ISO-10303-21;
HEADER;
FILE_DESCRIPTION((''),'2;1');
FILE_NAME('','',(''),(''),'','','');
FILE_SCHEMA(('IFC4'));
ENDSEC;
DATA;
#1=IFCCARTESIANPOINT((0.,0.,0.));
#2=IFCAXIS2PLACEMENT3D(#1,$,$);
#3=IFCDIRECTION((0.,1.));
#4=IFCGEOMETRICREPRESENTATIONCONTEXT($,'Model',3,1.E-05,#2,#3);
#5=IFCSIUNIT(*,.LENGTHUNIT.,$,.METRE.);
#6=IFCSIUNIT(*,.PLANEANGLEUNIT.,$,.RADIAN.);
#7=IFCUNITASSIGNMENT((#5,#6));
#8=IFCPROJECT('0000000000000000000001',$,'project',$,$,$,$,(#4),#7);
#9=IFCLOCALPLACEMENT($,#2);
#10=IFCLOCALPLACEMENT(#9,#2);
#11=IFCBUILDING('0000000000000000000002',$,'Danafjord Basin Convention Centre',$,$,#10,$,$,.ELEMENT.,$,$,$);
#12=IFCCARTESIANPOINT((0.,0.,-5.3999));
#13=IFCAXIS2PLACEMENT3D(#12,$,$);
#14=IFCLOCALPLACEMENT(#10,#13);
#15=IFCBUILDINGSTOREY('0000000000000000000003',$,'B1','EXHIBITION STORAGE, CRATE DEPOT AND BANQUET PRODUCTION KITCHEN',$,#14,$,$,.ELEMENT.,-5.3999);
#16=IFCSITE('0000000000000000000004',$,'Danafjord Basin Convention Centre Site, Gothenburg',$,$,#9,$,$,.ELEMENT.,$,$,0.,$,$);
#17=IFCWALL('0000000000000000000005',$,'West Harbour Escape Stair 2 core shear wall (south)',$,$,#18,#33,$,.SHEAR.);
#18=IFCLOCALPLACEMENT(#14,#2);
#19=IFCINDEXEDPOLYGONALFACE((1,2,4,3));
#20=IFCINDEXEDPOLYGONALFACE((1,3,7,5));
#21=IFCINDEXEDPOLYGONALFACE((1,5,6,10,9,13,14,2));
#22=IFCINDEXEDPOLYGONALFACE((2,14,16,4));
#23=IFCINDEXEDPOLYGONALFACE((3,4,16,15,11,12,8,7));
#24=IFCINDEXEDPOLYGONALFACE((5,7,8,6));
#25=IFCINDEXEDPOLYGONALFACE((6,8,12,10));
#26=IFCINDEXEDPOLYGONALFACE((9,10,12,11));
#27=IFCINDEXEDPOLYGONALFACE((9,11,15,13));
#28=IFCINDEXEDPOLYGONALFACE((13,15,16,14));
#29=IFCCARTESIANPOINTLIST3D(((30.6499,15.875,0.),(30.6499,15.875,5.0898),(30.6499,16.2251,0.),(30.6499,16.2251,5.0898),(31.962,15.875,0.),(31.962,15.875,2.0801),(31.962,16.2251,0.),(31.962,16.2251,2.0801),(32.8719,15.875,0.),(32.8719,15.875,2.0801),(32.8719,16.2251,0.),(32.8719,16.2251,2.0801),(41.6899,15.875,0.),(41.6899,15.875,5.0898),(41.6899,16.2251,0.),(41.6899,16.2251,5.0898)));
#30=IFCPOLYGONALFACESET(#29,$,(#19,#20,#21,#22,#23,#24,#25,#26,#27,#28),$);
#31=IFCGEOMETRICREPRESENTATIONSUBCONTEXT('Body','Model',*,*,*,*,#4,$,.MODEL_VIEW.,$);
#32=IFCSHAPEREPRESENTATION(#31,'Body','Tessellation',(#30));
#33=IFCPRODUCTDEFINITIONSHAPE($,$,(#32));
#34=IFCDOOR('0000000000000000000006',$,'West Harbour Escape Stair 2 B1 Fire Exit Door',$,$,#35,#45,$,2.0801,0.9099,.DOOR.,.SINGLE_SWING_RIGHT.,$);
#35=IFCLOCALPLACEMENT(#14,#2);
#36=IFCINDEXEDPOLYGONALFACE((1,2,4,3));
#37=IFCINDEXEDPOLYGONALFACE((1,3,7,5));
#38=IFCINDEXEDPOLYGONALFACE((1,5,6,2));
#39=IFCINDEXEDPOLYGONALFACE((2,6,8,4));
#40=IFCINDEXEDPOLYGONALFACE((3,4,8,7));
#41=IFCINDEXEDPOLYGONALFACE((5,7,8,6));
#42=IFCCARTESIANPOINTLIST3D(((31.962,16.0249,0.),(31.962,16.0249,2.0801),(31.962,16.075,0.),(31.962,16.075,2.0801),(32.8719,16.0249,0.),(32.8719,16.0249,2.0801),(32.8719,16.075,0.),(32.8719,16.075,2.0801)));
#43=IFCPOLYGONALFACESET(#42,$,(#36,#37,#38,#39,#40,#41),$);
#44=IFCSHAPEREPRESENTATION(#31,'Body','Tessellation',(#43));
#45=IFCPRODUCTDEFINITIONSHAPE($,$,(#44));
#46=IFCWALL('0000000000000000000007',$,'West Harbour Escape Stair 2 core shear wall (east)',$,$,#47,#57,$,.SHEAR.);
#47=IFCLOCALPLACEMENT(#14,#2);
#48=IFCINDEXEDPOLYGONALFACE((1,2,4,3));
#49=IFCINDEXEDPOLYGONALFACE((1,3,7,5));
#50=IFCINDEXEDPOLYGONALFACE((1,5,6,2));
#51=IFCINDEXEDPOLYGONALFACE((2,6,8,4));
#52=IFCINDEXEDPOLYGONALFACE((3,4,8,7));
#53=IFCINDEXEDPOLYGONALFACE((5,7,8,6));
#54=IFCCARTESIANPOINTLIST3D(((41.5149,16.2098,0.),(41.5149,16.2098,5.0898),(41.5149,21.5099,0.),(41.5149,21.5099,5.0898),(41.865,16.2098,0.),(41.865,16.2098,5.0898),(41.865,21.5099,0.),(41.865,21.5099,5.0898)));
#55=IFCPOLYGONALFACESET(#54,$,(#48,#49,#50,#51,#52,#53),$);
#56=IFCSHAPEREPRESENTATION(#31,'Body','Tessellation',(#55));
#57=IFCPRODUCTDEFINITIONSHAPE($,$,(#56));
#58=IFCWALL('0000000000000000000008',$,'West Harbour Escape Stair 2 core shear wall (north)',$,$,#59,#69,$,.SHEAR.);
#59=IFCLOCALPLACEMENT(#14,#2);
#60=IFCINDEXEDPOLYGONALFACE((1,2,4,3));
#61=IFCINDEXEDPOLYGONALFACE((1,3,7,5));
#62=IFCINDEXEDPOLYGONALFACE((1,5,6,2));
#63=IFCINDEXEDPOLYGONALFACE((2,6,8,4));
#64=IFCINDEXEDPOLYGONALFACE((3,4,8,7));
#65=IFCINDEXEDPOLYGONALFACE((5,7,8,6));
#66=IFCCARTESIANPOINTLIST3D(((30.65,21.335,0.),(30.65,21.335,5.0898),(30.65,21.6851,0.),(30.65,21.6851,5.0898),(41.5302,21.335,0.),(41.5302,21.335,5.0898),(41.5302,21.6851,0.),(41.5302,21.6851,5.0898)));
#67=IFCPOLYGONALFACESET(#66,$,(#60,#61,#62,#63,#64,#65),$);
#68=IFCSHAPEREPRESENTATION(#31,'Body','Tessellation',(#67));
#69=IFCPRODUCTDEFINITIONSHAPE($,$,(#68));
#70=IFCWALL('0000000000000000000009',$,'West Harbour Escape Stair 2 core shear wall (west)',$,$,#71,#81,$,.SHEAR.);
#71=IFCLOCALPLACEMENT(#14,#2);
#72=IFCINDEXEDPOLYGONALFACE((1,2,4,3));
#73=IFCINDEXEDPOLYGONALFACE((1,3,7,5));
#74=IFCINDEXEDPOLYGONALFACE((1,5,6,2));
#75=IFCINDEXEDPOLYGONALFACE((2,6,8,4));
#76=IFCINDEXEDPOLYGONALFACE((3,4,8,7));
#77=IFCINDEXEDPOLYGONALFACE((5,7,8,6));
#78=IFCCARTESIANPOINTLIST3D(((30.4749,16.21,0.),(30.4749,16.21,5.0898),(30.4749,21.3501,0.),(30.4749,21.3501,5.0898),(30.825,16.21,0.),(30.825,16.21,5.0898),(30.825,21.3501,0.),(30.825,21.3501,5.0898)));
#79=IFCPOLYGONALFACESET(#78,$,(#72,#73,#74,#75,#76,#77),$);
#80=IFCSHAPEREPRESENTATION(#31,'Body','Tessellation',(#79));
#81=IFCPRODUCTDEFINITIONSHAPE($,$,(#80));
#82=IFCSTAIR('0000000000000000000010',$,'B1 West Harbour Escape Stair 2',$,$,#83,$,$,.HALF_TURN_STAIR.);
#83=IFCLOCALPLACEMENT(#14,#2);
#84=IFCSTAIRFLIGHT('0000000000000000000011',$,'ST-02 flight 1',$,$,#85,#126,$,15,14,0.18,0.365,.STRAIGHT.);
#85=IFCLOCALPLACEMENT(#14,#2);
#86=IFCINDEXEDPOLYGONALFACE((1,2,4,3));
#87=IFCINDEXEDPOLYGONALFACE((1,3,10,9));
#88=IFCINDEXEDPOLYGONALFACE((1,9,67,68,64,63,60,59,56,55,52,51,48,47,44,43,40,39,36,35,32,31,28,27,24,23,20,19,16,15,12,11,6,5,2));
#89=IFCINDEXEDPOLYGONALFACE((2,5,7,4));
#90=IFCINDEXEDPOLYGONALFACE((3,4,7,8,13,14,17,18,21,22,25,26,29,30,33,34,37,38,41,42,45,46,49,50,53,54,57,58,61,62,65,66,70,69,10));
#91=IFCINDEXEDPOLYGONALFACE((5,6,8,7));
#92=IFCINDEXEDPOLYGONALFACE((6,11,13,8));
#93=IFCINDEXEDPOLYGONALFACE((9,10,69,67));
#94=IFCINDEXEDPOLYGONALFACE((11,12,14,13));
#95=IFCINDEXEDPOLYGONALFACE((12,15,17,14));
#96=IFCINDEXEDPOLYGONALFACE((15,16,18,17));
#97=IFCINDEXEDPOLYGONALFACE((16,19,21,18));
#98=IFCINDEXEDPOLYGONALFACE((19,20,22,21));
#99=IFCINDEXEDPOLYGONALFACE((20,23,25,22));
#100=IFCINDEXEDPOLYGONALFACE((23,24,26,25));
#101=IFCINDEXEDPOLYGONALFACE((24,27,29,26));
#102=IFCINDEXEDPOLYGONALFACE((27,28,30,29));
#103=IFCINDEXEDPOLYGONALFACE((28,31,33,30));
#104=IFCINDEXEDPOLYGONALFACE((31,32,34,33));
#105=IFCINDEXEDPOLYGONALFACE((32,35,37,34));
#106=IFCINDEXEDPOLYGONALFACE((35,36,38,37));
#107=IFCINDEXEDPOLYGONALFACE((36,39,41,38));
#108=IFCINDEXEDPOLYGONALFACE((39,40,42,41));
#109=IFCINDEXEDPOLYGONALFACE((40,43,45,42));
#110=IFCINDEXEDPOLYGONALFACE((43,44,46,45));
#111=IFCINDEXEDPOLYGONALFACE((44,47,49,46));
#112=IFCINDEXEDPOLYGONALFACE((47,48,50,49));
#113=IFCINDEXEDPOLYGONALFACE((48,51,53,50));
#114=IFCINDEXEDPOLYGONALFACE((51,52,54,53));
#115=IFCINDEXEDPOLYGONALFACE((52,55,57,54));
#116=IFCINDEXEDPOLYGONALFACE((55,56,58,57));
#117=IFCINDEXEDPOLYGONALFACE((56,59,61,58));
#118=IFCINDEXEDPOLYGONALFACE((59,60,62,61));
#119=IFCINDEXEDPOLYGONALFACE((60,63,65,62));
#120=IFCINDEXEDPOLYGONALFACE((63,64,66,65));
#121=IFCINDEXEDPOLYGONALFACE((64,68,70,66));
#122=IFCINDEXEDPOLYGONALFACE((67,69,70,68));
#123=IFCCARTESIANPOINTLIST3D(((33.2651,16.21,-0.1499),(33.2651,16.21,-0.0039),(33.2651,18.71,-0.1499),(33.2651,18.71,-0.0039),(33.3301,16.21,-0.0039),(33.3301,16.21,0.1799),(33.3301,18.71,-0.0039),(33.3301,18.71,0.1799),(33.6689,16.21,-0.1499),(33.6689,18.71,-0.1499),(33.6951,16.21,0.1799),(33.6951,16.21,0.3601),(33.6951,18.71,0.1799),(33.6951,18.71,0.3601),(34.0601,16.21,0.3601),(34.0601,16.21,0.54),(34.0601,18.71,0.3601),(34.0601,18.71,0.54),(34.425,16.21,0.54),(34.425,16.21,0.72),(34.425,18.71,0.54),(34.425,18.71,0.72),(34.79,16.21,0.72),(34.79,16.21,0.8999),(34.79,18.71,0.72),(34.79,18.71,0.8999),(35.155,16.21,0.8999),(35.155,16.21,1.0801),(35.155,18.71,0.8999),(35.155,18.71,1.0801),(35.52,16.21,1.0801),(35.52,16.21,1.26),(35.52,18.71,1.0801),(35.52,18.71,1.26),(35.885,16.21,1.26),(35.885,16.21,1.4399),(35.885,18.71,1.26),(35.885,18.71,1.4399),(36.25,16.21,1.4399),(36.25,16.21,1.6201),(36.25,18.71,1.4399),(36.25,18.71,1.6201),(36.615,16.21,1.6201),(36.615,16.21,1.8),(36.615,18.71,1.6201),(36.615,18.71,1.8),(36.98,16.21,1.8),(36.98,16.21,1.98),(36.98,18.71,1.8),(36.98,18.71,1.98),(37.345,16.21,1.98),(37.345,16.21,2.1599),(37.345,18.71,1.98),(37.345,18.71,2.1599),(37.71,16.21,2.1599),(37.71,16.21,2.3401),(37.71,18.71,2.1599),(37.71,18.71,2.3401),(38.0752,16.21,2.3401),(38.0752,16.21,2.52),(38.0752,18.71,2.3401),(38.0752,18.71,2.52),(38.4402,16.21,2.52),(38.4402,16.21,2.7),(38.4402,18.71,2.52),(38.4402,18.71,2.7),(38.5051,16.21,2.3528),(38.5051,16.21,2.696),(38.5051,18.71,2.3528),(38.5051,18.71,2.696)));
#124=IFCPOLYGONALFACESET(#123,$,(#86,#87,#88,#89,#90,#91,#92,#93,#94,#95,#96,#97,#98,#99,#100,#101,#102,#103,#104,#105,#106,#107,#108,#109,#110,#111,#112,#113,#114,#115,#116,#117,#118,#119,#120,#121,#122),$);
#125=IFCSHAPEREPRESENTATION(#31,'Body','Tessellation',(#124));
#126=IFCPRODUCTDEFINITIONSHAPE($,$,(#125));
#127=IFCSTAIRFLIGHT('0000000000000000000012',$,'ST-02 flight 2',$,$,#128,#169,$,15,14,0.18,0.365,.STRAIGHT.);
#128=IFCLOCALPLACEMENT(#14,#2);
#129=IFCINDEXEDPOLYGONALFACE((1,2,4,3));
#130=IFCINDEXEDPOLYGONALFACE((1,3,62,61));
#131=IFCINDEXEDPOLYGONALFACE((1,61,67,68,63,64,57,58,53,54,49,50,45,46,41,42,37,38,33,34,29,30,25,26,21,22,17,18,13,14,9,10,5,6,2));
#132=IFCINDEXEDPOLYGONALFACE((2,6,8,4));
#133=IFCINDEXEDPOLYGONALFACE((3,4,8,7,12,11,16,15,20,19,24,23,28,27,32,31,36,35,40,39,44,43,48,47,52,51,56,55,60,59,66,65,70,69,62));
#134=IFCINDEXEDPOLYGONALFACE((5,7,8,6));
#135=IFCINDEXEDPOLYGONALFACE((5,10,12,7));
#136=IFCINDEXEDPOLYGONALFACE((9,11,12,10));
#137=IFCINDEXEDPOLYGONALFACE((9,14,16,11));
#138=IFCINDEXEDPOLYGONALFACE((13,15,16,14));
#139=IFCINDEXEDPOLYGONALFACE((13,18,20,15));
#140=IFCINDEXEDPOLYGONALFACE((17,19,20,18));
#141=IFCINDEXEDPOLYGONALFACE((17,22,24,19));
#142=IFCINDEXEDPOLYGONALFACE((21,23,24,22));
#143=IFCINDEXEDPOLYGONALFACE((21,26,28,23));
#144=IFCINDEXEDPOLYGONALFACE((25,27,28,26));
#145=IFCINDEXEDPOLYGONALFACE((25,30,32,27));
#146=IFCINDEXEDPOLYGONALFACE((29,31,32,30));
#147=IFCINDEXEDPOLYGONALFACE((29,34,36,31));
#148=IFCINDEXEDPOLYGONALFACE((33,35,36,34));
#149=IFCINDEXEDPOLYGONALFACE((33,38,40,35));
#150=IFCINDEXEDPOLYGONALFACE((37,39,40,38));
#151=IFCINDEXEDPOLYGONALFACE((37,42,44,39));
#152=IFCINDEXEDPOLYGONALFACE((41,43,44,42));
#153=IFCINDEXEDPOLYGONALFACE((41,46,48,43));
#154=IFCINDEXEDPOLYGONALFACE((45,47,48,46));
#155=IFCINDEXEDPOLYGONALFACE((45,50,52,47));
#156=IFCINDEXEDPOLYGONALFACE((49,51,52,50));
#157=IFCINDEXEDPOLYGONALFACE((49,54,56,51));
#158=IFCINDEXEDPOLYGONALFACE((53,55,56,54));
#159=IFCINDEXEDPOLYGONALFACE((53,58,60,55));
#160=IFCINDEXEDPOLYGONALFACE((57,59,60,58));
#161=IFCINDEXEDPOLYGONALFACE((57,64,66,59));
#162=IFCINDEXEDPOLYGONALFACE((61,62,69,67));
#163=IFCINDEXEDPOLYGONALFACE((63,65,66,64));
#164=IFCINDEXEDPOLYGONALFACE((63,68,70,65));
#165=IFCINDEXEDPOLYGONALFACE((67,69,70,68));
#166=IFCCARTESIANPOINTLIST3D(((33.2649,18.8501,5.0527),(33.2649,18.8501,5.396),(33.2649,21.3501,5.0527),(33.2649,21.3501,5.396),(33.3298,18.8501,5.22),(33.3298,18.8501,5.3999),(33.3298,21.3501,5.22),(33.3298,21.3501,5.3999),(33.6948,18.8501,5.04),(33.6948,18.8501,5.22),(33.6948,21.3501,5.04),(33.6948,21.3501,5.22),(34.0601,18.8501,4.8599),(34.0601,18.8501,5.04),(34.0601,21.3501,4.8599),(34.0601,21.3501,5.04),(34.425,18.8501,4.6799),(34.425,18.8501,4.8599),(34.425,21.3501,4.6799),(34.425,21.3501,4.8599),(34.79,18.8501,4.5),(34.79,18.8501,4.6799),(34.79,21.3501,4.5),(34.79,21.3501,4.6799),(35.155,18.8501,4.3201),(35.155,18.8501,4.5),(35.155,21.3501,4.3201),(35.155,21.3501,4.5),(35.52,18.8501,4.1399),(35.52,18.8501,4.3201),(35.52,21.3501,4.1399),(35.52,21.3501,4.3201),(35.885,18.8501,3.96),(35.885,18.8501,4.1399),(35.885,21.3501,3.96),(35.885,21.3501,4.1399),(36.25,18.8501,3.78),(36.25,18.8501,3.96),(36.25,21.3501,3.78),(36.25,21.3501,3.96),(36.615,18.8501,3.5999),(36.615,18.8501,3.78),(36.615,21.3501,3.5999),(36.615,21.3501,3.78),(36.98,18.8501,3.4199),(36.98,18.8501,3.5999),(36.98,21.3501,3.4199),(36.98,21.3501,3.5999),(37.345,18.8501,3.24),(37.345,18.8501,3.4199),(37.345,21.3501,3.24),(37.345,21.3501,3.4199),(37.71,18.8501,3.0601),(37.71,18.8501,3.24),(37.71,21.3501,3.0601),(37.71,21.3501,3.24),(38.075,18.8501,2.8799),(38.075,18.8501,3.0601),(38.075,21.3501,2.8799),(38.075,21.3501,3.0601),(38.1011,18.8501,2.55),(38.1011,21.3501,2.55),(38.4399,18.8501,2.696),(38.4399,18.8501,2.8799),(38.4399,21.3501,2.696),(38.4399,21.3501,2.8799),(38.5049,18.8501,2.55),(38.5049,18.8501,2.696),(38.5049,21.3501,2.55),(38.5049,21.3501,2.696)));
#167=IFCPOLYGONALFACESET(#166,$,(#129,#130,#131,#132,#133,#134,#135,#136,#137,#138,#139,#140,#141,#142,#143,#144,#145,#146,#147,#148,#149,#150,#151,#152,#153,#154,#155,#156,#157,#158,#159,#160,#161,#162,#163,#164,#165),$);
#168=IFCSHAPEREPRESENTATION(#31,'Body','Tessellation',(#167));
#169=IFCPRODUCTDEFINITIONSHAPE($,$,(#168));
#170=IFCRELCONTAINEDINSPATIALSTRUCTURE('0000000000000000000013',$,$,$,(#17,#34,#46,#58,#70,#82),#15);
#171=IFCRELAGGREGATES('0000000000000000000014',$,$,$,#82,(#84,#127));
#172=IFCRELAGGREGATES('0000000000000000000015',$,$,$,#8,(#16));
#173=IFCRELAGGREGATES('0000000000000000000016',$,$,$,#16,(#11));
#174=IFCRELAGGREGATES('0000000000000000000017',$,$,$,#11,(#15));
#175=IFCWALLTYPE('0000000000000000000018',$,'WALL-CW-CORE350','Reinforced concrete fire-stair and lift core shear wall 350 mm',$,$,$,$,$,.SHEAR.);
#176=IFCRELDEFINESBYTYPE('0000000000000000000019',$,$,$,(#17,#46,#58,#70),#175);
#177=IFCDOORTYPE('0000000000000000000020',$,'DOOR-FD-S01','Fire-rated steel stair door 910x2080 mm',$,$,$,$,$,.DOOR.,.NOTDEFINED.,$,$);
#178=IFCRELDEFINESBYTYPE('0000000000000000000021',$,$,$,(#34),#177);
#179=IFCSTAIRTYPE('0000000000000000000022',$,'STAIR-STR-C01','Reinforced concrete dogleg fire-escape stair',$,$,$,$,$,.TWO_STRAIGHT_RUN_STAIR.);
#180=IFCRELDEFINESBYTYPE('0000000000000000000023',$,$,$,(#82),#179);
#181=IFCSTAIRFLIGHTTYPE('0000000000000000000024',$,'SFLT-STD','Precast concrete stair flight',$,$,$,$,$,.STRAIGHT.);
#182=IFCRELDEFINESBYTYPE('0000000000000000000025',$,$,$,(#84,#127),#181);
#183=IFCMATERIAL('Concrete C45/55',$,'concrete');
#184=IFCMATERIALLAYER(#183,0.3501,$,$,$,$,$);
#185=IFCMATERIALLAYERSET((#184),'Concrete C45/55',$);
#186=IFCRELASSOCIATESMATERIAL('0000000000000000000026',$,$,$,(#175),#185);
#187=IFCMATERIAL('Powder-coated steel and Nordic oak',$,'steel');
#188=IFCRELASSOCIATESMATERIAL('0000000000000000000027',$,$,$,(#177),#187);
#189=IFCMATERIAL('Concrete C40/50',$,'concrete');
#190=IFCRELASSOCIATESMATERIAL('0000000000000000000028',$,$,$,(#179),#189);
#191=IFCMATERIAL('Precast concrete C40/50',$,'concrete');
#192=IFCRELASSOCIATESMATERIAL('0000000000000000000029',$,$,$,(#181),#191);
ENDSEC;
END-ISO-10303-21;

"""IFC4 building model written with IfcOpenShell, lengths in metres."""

from ifc_helpers import new_model, si_unit, direction, frame, frame_2d, origin, place, context, subcontext, project, spatial, polyline, rectangle, outline, extrude, material, layer, layer_set, type_object, element, fill, aggregate, save


model = new_model("IFC4")

# Units and contexts
model_context = context("Model", 3, precision=1e-05, world=origin(), true_north=direction((0.0, 1.0)))
body_context = subcontext(model_context, "Body", "Model", "MODEL_VIEW")
ifc_project = project(units=[si_unit("LENGTHUNIT", "METRE"), si_unit("PLANEANGLEUNIT", "RADIAN")], contexts=[model_context])

# Site, building, storey
site_placement = place(None, origin())
site = spatial("IfcSite", under=ifc_project, at=site_placement, Name="Danafjord Basin Convention Centre Site, Gothenburg", CompositionType="ELEMENT", RefElevation=0.0)
building_placement = place(site_placement, origin())
building = spatial("IfcBuilding", under=site, at=building_placement, Name="Danafjord Basin Convention Centre", CompositionType="ELEMENT")
storey_placement = place(building_placement, frame((0.0, 0.0, -5.3999)))
storey = spatial("IfcBuildingStorey", under=building, at=storey_placement, Name="B1", Description="EXHIBITION STORAGE, CRATE DEPOT AND BANQUET PRODUCTION KITCHEN", CompositionType="ELEMENT", Elevation=-5.3999)

# Shared definitions
ifc_material_1 = material(Name="Concrete C40/50", Category="concrete")

# Shared definitions
ifc_material_2 = material(Name="Concrete C45/55", Category="concrete")

# Wall, opening, door
ifc_layer = layer(ifc_material_2, 0.3501)
ifc_layer_set = layer_set([ifc_layer], Name="Concrete C45/55")
wall_type = type_object("IfcWallType", Name="WALL-CW-CORE350", Description="Reinforced concrete fire-stair and lift core shear wall 350 mm", PredefinedType="SHEAR", material=ifc_layer_set)
wall_1_placement = place(storey_placement, frame((30.6499, 16.05, 0.0), z_axis=(0.0, 0.0, 1.0), x_axis=(1.0, 0.0, 0.0)))
wall_1 = element("IfcWall", 1, at=wall_1_placement, inside=storey, type_object=wall_type, Name="West Harbour Escape Stair 2 core shear wall (south)", PredefinedType="SHEAR", context=body_context, shape_type="SweptSolid", body=[
    extrude(rectangle(XDim=11.04, YDim=0.3501, at=frame_2d((5.52, 0.0))), origin(), (0.0, 0.0, 1.0), 5.0898),
])
opening_placement = place(wall_1_placement, frame((1.312, 0.0, 0.0)))
opening = element("IfcOpeningElement", 2, at=opening_placement, cuts=wall_1, PredefinedType="OPENING", context=body_context, shape_type="SweptSolid", body=[
    extrude(rectangle(XDim=0.9099, YDim=2.0801, at=frame_2d((0.4551, 1.04))), frame((0.0, 0.1851, 0.0), z_axis=(0.0, -1.0, 0.0), x_axis=(1.0, 0.0, 0.0)), (0.0, 0.0, 1.0), 0.3701),
])
ifc_material_3 = material(Name="Powder-coated steel and Nordic oak", Category="steel")
door_type = type_object("IfcDoorType", Name="DOOR-FD-S01", Description="Fire-rated steel stair door 910x2080 mm", OperationType="NOTDEFINED", PredefinedType="DOOR", material=ifc_material_3)
door_placement = place(opening_placement, origin())
door = element("IfcDoor", 3, at=door_placement, inside=storey, type_object=door_type, Name="West Harbour Escape Stair 2 B1 Fire Exit Door", OperationType="SINGLE_SWING_RIGHT", OverallHeight=2.0801, OverallWidth=0.9099, PredefinedType="DOOR", context=body_context, shape_type="SweptSolid", body=[
    extrude(rectangle(XDim=0.9099, YDim=2.0801, at=frame_2d((0.4551, 1.04))), frame((0.0, 0.0249, 0.0), z_axis=(0.0, -1.0, 0.0), x_axis=(1.0, 0.0, 0.0)), (0.0, 0.0, 1.0), 0.05),
])
fill(opening, door)

# Walls
wall_2_placement = place(storey_placement, frame((41.6899, 16.21, 0.0), z_axis=(0.0, 0.0, 1.0), x_axis=(0.0, 1.0, 0.0)))
element("IfcWall", 4, at=wall_2_placement, inside=storey, type_object=wall_type, Name="West Harbour Escape Stair 2 core shear wall (east)", PredefinedType="SHEAR", context=body_context, shape_type="SweptSolid", body=[
    extrude(rectangle(XDim=5.3, YDim=0.3501, at=frame_2d((2.6499, 0.0))), origin(), (0.0, 0.0, 1.0), 5.0898),
])
wall_3_placement = place(storey_placement, frame((41.53, 21.51, 0.0), z_axis=(0.0, 0.0, 1.0), x_axis=(-1.0, 0.0, 0.0)))
element("IfcWall", 5, at=wall_3_placement, inside=storey, type_object=wall_type, Name="West Harbour Escape Stair 2 core shear wall (north)", PredefinedType="SHEAR", context=body_context, shape_type="SweptSolid", body=[
    extrude(rectangle(XDim=10.8801, YDim=0.3501, at=frame_2d((5.4399, 0.0))), origin(), (0.0, 0.0, 1.0), 5.0898),
])
wall_4_placement = place(storey_placement, frame((30.6499, 21.3501, 0.0), z_axis=(0.0, 0.0, 1.0), x_axis=(0.0, -1.0, 0.0)))
element("IfcWall", 6, at=wall_4_placement, inside=storey, type_object=wall_type, Name="West Harbour Escape Stair 2 core shear wall (west)", PredefinedType="SHEAR", context=body_context, shape_type="SweptSolid", body=[
    extrude(rectangle(XDim=5.1401, YDim=0.3501, at=frame_2d((2.5701, 0.0))), origin(), (0.0, 0.0, 1.0), 5.0898),
])

# Stair, stair flights
stair_type = type_object("IfcStairType", Name="STAIR-STR-C01", Description="Reinforced concrete dogleg fire-escape stair", PredefinedType="TWO_STRAIGHT_RUN_STAIR", material=ifc_material_1)
stair_placement = place(storey_placement, origin())
stair = element("IfcStair", 7, at=stair_placement, inside=storey, type_object=stair_type, Name="B1 West Harbour Escape Stair 2", PredefinedType="HALF_TURN_STAIR")
ifc_material_4 = material(Name="Precast concrete C40/50", Category="concrete")
stair_flight_type = type_object("IfcStairFlightType", Name="SFLT-STD", Description="Precast concrete stair flight", PredefinedType="STRAIGHT", material=ifc_material_4)
stair_flight_1_placement = place(storey_placement, frame((33.3301, 17.46, 0.0), z_axis=(0.0, 0.0, 1.0), x_axis=(1.0, 0.0, 0.0)))
stair_flight_1 = element("IfcStairFlight", 8, at=stair_flight_1_placement, type_object=stair_flight_type, Name="ST-02 flight 1", NumberOfRisers=15, NumberOfTreads=14, PredefinedType="STRAIGHT", RiserHeight=0.18, TreadLength=0.365, context=body_context, shape_type="SweptSolid", body=[
    extrude(outline(polyline([(-0.0649, -0.1499), (-0.0649, -0.0039), (0.0, -0.0039), (0.0, 0.1799), (0.365, 0.1799), (0.365, 0.3601), (0.73, 0.3601), (0.73, 0.54), (1.095, 0.54), (1.095, 0.72), (1.46, 0.72), (1.46, 0.8999), (1.825, 0.8999), (1.825, 1.0801), (2.1899, 1.0801), (2.1899, 1.26), (2.5549, 1.26), (2.5549, 1.4399), (2.9199, 1.4399), (2.9199, 1.6201), (3.2849, 1.6201), (3.2849, 1.8), (3.6499, 1.8), (3.6499, 1.98), (4.0149, 1.98), (4.0149, 2.1599), (4.3799, 2.1599), (4.3799, 2.3401), (4.7451, 2.3401), (4.7451, 2.52), (5.1101, 2.52), (5.1101, 2.7), (5.175, 2.696), (5.175, 2.3528), (0.3389, -0.1499), (-0.0649, -0.1499)])), frame((0.0, 1.25, 0.0), z_axis=(0.0, -1.0, 0.0), x_axis=(1.0, 0.0, 0.0)), (0.0, 0.0, 1.0), 2.5),
])
stair_flight_2_placement = place(storey_placement, frame((38.4399, 20.1001, 2.7), z_axis=(0.0, 0.0, 1.0), x_axis=(-1.0, 0.0, 0.0)))
stair_flight_2 = element("IfcStairFlight", 9, at=stair_flight_2_placement, type_object=stair_flight_type, Name="ST-02 flight 2", NumberOfRisers=15, NumberOfTreads=14, PredefinedType="STRAIGHT", RiserHeight=0.18, TreadLength=0.365, context=body_context, shape_type="SweptSolid", body=[
    extrude(outline(polyline([(-0.0649, -0.1499), (-0.0649, -0.0039), (0.0, -0.0039), (0.0, 0.1799), (0.365, 0.1799), (0.365, 0.3601), (0.73, 0.3601), (0.73, 0.54), (1.095, 0.54), (1.095, 0.72), (1.46, 0.72), (1.46, 0.8999), (1.825, 0.8999), (1.825, 1.0801), (2.1899, 1.0801), (2.1899, 1.26), (2.5549, 1.26), (2.5549, 1.4399), (2.9199, 1.4399), (2.9199, 1.6201), (3.2849, 1.6201), (3.2849, 1.8), (3.6499, 1.8), (3.6499, 1.98), (4.0149, 1.98), (4.0149, 2.1599), (4.3799, 2.1599), (4.3799, 2.3401), (4.7451, 2.3401), (4.7451, 2.52), (5.1101, 2.52), (5.1101, 2.7), (5.175, 2.696), (5.175, 2.3528), (0.3389, -0.1499), (-0.0649, -0.1499)])), frame((0.0, 1.25, 0.0), z_axis=(0.0, -1.0, 0.0), x_axis=(1.0, 0.0, 0.0)), (0.0, 0.0, 1.0), 2.5),
])
aggregate(stair, [stair_flight_1, stair_flight_2])

save(model, "model.ifc")
